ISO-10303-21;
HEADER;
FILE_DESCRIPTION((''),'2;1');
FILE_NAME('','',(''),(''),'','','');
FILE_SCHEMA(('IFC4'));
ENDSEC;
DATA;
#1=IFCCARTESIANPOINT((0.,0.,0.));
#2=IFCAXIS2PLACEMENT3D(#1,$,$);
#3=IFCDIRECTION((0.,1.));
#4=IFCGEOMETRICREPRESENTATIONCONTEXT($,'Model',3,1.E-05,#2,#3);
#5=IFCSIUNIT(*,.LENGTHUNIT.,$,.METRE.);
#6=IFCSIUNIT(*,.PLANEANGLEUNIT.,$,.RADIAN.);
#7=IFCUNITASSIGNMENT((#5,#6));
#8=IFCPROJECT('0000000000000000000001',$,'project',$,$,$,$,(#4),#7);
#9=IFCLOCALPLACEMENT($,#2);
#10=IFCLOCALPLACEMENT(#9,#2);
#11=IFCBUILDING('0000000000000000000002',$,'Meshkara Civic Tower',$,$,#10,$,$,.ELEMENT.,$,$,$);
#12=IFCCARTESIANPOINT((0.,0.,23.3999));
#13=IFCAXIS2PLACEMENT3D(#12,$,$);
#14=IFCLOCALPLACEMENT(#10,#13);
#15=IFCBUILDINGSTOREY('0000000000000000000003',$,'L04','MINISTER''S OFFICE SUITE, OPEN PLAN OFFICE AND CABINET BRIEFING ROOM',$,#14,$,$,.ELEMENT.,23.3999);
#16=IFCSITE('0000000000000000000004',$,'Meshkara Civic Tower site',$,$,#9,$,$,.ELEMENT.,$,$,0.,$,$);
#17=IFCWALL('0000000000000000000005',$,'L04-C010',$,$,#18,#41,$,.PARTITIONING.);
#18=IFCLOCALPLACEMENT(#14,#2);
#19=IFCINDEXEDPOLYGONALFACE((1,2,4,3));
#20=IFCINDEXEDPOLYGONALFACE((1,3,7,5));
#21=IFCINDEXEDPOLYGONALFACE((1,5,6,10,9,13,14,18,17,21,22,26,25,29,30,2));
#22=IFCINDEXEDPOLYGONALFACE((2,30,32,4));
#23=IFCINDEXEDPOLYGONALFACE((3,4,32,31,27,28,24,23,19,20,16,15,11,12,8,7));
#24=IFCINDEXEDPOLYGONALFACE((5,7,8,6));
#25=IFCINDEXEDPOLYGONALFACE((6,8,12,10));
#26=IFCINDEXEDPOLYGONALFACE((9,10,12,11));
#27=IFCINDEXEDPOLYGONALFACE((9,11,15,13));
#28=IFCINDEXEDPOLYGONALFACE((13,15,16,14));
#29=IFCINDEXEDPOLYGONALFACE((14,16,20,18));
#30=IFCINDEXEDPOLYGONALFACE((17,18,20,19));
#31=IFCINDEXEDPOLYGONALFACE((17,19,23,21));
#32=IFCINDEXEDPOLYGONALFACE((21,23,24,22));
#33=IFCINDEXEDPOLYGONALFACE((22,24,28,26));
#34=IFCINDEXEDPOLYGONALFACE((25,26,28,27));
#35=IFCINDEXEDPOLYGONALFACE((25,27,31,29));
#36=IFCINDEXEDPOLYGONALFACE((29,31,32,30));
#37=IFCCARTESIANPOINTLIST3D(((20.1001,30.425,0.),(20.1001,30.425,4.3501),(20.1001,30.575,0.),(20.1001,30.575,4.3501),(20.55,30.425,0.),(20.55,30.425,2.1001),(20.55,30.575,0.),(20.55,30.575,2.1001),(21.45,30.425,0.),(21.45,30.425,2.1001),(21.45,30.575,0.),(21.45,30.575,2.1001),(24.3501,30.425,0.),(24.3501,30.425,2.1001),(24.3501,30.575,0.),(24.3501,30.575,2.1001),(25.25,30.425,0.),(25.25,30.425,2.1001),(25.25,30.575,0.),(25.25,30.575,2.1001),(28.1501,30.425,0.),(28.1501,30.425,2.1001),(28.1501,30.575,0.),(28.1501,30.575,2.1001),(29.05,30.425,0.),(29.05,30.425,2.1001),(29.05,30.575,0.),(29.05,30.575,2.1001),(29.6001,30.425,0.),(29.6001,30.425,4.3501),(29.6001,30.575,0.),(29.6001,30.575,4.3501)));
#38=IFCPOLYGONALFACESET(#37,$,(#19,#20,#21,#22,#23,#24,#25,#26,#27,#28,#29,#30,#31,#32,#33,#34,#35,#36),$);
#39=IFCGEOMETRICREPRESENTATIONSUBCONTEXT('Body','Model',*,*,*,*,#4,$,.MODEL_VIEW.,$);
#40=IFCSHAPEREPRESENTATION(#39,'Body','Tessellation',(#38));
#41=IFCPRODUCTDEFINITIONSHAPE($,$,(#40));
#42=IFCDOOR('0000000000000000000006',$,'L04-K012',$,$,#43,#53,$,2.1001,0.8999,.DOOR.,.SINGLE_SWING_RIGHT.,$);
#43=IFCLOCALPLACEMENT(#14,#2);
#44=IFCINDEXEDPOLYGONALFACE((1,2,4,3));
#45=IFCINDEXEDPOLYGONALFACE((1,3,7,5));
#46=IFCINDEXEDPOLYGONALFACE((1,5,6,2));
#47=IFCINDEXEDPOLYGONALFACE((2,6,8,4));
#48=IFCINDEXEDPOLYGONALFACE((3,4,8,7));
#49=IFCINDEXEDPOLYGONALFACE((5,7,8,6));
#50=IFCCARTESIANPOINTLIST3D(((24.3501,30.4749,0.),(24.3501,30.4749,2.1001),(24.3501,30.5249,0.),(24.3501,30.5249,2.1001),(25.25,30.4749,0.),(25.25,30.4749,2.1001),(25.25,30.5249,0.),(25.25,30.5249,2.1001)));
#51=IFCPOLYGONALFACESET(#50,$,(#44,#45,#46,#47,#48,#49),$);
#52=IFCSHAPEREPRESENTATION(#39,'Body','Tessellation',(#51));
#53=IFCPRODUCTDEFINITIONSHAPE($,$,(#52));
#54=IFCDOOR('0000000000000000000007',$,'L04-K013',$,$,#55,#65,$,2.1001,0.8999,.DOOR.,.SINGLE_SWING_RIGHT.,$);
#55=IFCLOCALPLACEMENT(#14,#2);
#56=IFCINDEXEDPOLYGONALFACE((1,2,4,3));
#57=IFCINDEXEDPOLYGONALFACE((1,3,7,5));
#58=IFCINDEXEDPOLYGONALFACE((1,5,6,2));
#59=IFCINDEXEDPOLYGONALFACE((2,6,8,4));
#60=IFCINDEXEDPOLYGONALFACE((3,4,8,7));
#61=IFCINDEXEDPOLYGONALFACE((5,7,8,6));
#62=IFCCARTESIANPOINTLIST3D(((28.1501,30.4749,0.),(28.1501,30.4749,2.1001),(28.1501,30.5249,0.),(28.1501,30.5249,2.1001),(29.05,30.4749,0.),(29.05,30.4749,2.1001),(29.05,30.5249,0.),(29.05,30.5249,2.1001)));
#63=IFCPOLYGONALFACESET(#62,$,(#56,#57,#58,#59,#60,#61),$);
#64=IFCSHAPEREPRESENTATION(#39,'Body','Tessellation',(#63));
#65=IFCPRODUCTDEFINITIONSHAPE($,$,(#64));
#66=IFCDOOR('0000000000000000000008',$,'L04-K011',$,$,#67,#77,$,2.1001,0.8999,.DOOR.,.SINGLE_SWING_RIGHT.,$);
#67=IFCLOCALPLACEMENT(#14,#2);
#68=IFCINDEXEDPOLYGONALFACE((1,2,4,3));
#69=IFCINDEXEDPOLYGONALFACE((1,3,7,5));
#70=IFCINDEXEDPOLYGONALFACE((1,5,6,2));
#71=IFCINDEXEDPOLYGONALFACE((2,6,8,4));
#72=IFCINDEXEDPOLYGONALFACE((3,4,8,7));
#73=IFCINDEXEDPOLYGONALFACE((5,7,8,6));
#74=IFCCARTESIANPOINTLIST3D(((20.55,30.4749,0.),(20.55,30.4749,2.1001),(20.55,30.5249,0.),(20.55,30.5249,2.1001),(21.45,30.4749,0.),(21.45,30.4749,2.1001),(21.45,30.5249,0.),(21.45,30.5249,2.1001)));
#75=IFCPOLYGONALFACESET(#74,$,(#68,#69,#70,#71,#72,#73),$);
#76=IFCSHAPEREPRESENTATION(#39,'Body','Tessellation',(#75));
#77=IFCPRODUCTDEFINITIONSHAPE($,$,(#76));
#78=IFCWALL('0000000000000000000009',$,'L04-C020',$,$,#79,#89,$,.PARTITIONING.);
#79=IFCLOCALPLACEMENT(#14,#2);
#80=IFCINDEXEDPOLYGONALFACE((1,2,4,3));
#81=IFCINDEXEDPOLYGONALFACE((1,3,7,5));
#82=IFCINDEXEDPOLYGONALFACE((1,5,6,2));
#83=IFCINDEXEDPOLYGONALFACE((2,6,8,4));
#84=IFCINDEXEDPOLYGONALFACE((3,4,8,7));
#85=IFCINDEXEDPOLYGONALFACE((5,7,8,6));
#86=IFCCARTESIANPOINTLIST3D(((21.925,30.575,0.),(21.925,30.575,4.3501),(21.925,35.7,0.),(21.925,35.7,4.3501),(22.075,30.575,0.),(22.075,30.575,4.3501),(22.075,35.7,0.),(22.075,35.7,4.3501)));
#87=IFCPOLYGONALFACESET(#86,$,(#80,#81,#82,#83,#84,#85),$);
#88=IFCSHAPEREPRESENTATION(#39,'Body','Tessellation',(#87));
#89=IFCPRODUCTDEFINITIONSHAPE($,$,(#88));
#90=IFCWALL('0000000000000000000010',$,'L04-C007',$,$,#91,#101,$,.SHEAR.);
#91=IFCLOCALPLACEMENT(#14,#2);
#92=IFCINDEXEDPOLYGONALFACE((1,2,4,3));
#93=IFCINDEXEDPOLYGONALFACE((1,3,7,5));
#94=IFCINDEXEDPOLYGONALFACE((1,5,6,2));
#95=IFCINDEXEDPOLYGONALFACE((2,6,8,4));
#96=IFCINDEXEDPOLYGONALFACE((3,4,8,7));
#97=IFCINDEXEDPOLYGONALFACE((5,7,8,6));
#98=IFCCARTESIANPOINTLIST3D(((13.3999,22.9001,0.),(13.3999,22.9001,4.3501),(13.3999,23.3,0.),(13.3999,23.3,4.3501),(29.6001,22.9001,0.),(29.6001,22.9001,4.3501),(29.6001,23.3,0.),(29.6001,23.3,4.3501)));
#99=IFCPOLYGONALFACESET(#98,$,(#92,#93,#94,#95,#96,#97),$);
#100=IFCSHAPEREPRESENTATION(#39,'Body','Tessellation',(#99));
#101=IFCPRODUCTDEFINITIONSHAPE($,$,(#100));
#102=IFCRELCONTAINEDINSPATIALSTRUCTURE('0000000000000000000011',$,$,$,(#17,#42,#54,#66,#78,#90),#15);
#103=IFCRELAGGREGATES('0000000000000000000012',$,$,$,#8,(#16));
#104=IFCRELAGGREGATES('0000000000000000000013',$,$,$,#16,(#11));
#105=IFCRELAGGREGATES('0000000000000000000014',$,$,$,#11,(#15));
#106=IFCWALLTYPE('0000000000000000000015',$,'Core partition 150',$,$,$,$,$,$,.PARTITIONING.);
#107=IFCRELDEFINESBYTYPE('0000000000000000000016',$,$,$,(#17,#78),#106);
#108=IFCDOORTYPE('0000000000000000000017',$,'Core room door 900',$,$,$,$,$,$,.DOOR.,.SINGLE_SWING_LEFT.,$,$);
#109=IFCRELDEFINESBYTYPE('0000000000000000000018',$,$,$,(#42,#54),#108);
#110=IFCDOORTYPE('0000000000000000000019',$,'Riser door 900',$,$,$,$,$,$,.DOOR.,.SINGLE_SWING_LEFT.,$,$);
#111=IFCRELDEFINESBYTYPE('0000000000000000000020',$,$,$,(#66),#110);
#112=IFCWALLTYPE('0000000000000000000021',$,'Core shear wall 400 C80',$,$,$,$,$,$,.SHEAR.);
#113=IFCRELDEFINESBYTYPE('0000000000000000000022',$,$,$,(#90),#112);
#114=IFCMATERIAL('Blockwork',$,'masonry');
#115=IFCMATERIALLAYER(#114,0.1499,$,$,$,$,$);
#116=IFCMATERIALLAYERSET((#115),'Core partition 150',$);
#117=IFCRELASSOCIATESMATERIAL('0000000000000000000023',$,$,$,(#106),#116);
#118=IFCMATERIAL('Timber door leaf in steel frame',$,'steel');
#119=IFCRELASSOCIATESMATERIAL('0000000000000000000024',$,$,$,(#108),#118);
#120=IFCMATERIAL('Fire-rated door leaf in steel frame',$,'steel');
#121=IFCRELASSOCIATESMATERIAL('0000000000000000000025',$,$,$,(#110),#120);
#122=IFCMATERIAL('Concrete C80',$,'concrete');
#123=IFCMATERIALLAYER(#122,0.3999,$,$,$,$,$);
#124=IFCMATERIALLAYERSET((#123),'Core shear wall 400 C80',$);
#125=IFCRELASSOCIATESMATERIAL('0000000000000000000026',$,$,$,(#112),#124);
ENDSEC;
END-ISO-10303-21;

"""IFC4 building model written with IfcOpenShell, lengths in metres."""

from ifc_helpers import new_model, si_unit, direction, frame, frame_2d, origin, place, context, subcontext, project, spatial, rectangle, extrude, material, layer, layer_set, type_object, element, fill, save


model = new_model("IFC4")

# Units and contexts
model_context = context("Model", 3, precision=1e-05, world=origin(), true_north=direction((0.0, 1.0)))
body_context = subcontext(model_context, "Body", "Model", "MODEL_VIEW")
ifc_project = project(units=[si_unit("LENGTHUNIT", "METRE"), si_unit("PLANEANGLEUNIT", "RADIAN")], contexts=[model_context])

# Site, building, storey
site_placement = place(None, origin())
site = spatial("IfcSite", under=ifc_project, at=site_placement, Name="Meshkara Civic Tower site", CompositionType="ELEMENT", RefElevation=0.0)
building_placement = place(site_placement, origin())
building = spatial("IfcBuilding", under=site, at=building_placement, Name="Meshkara Civic Tower", CompositionType="ELEMENT")
storey_placement = place(building_placement, frame((0.0, 0.0, 23.3999)))
storey = spatial("IfcBuildingStorey", under=building, at=storey_placement, Name="L04", Description="MINISTER'S OFFICE SUITE, OPEN PLAN OFFICE AND CABINET BRIEFING ROOM", CompositionType="ELEMENT", Elevation=23.3999)

# Wall, openings, doors
ifc_material_1 = material(Name="Blockwork", Category="masonry")
ifc_layer_1 = layer(ifc_material_1, 0.1499)
ifc_layer_set_1 = layer_set([ifc_layer_1], Name="Core partition 150")
wall_type_1 = type_object("IfcWallType", Name="Core partition 150", PredefinedType="PARTITIONING", material=ifc_layer_set_1)
wall_1_placement = place(storey_placement, frame((20.1001, 30.5, 0.0), z_axis=(0.0, 0.0, 1.0), x_axis=(1.0, 0.0, 0.0)))
wall_1 = element("IfcWall", 1, at=wall_1_placement, inside=storey, type_object=wall_type_1, Name="L04-C010", PredefinedType="PARTITIONING", context=body_context, shape_type="SweptSolid", body=[
    extrude(rectangle(XDim=9.5, YDim=0.1499, at=frame_2d((4.75, 0.0))), origin(), (0.0, 0.0, 1.0), 4.3501),
])
opening_1_placement = place(wall_1_placement, frame((0.45, 0.0, 0.0)))
opening_1 = element("IfcOpeningElement", 2, at=opening_1_placement, cuts=wall_1, PredefinedType="OPENING", context=body_context, shape_type="SweptSolid", body=[
    extrude(rectangle(XDim=0.8999, YDim=2.1001, at=frame_2d((0.45, 1.05))), frame((0.0, 0.085, 0.0), z_axis=(0.0, -1.0, 0.0), x_axis=(1.0, 0.0, 0.0)), (0.0, 0.0, 1.0), 0.1699),
])
opening_2_placement = place(wall_1_placement, frame((4.25, 0.0, 0.0)))
opening_2 = element("IfcOpeningElement", 3, at=opening_2_placement, cuts=wall_1, PredefinedType="OPENING", context=body_context, shape_type="SweptSolid", body=[
    extrude(rectangle(XDim=0.8999, YDim=2.1001, at=frame_2d((0.45, 1.05))), frame((0.0, 0.085, 0.0), z_axis=(0.0, -1.0, 0.0), x_axis=(1.0, 0.0, 0.0)), (0.0, 0.0, 1.0), 0.1699),
])
opening_3_placement = place(wall_1_placement, frame((8.05, 0.0, 0.0)))
opening_3 = element("IfcOpeningElement", 4, at=opening_3_placement, cuts=wall_1, PredefinedType="OPENING", context=body_context, shape_type="SweptSolid", body=[
    extrude(rectangle(XDim=0.8999, YDim=2.1001, at=frame_2d((0.45, 1.05))), frame((0.0, 0.085, 0.0), z_axis=(0.0, -1.0, 0.0), x_axis=(1.0, 0.0, 0.0)), (0.0, 0.0, 1.0), 0.1699),
])
ifc_material_2 = material(Name="Timber door leaf in steel frame", Category="steel")
door_type_1 = type_object("IfcDoorType", Name="Core room door 900", OperationType="SINGLE_SWING_LEFT", PredefinedType="DOOR", material=ifc_material_2)
door_1_placement = place(opening_2_placement, origin())
door_1 = element("IfcDoor", 5, at=door_1_placement, inside=storey, type_object=door_type_1, Name="L04-K012", OperationType="SINGLE_SWING_RIGHT", OverallHeight=2.1001, OverallWidth=0.8999, PredefinedType="DOOR", context=body_context, shape_type="SweptSolid", body=[
    extrude(rectangle(XDim=0.8999, YDim=2.1001, at=frame_2d((0.45, 1.05))), frame((0.0, 0.0249, 0.0), z_axis=(0.0, -1.0, 0.0), x_axis=(1.0, 0.0, 0.0)), (0.0, 0.0, 1.0), 0.05),
])
fill(opening_2, door_1)
door_2_placement = place(opening_3_placement, origin())
door_2 = element("IfcDoor", 6, at=door_2_placement, inside=storey, type_object=door_type_1, Name="L04-K013", OperationType="SINGLE_SWING_RIGHT", OverallHeight=2.1001, OverallWidth=0.8999, PredefinedType="DOOR", context=body_context, shape_type="SweptSolid", body=[
    extrude(rectangle(XDim=0.8999, YDim=2.1001, at=frame_2d((0.45, 1.05))), frame((0.0, 0.0249, 0.0), z_axis=(0.0, -1.0, 0.0), x_axis=(1.0, 0.0, 0.0)), (0.0, 0.0, 1.0), 0.05),
])
fill(opening_3, door_2)
ifc_material_3 = material(Name="Fire-rated door leaf in steel frame", Category="steel")
door_type_2 = type_object("IfcDoorType", Name="Riser door 900", OperationType="SINGLE_SWING_LEFT", PredefinedType="DOOR", material=ifc_material_3)
door_3_placement = place(opening_1_placement, origin())
door_3 = element("IfcDoor", 7, at=door_3_placement, inside=storey, type_object=door_type_2, Name="L04-K011", OperationType="SINGLE_SWING_RIGHT", OverallHeight=2.1001, OverallWidth=0.8999, PredefinedType="DOOR", context=body_context, shape_type="SweptSolid", body=[
    extrude(rectangle(XDim=0.8999, YDim=2.1001, at=frame_2d((0.45, 1.05))), frame((0.0, 0.0249, 0.0), z_axis=(0.0, -1.0, 0.0), x_axis=(1.0, 0.0, 0.0)), (0.0, 0.0, 1.0), 0.05),
])
fill(opening_1, door_3)

# Walls
wall_2_placement = place(storey_placement, frame((22.0, 30.575, 0.0), z_axis=(0.0, 0.0, 1.0), x_axis=(0.0, 1.0, 0.0)))
element("IfcWall", 8, at=wall_2_placement, inside=storey, type_object=wall_type_1, Name="L04-C020", PredefinedType="PARTITIONING", context=body_context, shape_type="SweptSolid", body=[
    extrude(rectangle(XDim=5.125, YDim=0.1499, at=frame_2d((2.5625, 0.0))), origin(), (0.0, 0.0, 1.0), 4.3501),
])
ifc_material_4 = material(Name="Concrete C80", Category="concrete")
ifc_layer_2 = layer(ifc_material_4, 0.3999)
ifc_layer_set_2 = layer_set([ifc_layer_2], Name="Core shear wall 400 C80")
wall_type_2 = type_object("IfcWallType", Name="Core shear wall 400 C80", PredefinedType="SHEAR", material=ifc_layer_set_2)
wall_3_placement = place(storey_placement, frame((13.3999, 23.1001, 0.0), z_axis=(0.0, 0.0, 1.0), x_axis=(1.0, 0.0, 0.0)))
element("IfcWall", 9, at=wall_3_placement, inside=storey, type_object=wall_type_2, Name="L04-C007", PredefinedType="SHEAR", context=body_context, shape_type="SweptSolid", body=[
    extrude(rectangle(XDim=16.2002, YDim=0.3999, at=frame_2d((8.1001, 0.0))), origin(), (0.0, 0.0, 1.0), 4.3501),
])

save(model, "model.ifc")
